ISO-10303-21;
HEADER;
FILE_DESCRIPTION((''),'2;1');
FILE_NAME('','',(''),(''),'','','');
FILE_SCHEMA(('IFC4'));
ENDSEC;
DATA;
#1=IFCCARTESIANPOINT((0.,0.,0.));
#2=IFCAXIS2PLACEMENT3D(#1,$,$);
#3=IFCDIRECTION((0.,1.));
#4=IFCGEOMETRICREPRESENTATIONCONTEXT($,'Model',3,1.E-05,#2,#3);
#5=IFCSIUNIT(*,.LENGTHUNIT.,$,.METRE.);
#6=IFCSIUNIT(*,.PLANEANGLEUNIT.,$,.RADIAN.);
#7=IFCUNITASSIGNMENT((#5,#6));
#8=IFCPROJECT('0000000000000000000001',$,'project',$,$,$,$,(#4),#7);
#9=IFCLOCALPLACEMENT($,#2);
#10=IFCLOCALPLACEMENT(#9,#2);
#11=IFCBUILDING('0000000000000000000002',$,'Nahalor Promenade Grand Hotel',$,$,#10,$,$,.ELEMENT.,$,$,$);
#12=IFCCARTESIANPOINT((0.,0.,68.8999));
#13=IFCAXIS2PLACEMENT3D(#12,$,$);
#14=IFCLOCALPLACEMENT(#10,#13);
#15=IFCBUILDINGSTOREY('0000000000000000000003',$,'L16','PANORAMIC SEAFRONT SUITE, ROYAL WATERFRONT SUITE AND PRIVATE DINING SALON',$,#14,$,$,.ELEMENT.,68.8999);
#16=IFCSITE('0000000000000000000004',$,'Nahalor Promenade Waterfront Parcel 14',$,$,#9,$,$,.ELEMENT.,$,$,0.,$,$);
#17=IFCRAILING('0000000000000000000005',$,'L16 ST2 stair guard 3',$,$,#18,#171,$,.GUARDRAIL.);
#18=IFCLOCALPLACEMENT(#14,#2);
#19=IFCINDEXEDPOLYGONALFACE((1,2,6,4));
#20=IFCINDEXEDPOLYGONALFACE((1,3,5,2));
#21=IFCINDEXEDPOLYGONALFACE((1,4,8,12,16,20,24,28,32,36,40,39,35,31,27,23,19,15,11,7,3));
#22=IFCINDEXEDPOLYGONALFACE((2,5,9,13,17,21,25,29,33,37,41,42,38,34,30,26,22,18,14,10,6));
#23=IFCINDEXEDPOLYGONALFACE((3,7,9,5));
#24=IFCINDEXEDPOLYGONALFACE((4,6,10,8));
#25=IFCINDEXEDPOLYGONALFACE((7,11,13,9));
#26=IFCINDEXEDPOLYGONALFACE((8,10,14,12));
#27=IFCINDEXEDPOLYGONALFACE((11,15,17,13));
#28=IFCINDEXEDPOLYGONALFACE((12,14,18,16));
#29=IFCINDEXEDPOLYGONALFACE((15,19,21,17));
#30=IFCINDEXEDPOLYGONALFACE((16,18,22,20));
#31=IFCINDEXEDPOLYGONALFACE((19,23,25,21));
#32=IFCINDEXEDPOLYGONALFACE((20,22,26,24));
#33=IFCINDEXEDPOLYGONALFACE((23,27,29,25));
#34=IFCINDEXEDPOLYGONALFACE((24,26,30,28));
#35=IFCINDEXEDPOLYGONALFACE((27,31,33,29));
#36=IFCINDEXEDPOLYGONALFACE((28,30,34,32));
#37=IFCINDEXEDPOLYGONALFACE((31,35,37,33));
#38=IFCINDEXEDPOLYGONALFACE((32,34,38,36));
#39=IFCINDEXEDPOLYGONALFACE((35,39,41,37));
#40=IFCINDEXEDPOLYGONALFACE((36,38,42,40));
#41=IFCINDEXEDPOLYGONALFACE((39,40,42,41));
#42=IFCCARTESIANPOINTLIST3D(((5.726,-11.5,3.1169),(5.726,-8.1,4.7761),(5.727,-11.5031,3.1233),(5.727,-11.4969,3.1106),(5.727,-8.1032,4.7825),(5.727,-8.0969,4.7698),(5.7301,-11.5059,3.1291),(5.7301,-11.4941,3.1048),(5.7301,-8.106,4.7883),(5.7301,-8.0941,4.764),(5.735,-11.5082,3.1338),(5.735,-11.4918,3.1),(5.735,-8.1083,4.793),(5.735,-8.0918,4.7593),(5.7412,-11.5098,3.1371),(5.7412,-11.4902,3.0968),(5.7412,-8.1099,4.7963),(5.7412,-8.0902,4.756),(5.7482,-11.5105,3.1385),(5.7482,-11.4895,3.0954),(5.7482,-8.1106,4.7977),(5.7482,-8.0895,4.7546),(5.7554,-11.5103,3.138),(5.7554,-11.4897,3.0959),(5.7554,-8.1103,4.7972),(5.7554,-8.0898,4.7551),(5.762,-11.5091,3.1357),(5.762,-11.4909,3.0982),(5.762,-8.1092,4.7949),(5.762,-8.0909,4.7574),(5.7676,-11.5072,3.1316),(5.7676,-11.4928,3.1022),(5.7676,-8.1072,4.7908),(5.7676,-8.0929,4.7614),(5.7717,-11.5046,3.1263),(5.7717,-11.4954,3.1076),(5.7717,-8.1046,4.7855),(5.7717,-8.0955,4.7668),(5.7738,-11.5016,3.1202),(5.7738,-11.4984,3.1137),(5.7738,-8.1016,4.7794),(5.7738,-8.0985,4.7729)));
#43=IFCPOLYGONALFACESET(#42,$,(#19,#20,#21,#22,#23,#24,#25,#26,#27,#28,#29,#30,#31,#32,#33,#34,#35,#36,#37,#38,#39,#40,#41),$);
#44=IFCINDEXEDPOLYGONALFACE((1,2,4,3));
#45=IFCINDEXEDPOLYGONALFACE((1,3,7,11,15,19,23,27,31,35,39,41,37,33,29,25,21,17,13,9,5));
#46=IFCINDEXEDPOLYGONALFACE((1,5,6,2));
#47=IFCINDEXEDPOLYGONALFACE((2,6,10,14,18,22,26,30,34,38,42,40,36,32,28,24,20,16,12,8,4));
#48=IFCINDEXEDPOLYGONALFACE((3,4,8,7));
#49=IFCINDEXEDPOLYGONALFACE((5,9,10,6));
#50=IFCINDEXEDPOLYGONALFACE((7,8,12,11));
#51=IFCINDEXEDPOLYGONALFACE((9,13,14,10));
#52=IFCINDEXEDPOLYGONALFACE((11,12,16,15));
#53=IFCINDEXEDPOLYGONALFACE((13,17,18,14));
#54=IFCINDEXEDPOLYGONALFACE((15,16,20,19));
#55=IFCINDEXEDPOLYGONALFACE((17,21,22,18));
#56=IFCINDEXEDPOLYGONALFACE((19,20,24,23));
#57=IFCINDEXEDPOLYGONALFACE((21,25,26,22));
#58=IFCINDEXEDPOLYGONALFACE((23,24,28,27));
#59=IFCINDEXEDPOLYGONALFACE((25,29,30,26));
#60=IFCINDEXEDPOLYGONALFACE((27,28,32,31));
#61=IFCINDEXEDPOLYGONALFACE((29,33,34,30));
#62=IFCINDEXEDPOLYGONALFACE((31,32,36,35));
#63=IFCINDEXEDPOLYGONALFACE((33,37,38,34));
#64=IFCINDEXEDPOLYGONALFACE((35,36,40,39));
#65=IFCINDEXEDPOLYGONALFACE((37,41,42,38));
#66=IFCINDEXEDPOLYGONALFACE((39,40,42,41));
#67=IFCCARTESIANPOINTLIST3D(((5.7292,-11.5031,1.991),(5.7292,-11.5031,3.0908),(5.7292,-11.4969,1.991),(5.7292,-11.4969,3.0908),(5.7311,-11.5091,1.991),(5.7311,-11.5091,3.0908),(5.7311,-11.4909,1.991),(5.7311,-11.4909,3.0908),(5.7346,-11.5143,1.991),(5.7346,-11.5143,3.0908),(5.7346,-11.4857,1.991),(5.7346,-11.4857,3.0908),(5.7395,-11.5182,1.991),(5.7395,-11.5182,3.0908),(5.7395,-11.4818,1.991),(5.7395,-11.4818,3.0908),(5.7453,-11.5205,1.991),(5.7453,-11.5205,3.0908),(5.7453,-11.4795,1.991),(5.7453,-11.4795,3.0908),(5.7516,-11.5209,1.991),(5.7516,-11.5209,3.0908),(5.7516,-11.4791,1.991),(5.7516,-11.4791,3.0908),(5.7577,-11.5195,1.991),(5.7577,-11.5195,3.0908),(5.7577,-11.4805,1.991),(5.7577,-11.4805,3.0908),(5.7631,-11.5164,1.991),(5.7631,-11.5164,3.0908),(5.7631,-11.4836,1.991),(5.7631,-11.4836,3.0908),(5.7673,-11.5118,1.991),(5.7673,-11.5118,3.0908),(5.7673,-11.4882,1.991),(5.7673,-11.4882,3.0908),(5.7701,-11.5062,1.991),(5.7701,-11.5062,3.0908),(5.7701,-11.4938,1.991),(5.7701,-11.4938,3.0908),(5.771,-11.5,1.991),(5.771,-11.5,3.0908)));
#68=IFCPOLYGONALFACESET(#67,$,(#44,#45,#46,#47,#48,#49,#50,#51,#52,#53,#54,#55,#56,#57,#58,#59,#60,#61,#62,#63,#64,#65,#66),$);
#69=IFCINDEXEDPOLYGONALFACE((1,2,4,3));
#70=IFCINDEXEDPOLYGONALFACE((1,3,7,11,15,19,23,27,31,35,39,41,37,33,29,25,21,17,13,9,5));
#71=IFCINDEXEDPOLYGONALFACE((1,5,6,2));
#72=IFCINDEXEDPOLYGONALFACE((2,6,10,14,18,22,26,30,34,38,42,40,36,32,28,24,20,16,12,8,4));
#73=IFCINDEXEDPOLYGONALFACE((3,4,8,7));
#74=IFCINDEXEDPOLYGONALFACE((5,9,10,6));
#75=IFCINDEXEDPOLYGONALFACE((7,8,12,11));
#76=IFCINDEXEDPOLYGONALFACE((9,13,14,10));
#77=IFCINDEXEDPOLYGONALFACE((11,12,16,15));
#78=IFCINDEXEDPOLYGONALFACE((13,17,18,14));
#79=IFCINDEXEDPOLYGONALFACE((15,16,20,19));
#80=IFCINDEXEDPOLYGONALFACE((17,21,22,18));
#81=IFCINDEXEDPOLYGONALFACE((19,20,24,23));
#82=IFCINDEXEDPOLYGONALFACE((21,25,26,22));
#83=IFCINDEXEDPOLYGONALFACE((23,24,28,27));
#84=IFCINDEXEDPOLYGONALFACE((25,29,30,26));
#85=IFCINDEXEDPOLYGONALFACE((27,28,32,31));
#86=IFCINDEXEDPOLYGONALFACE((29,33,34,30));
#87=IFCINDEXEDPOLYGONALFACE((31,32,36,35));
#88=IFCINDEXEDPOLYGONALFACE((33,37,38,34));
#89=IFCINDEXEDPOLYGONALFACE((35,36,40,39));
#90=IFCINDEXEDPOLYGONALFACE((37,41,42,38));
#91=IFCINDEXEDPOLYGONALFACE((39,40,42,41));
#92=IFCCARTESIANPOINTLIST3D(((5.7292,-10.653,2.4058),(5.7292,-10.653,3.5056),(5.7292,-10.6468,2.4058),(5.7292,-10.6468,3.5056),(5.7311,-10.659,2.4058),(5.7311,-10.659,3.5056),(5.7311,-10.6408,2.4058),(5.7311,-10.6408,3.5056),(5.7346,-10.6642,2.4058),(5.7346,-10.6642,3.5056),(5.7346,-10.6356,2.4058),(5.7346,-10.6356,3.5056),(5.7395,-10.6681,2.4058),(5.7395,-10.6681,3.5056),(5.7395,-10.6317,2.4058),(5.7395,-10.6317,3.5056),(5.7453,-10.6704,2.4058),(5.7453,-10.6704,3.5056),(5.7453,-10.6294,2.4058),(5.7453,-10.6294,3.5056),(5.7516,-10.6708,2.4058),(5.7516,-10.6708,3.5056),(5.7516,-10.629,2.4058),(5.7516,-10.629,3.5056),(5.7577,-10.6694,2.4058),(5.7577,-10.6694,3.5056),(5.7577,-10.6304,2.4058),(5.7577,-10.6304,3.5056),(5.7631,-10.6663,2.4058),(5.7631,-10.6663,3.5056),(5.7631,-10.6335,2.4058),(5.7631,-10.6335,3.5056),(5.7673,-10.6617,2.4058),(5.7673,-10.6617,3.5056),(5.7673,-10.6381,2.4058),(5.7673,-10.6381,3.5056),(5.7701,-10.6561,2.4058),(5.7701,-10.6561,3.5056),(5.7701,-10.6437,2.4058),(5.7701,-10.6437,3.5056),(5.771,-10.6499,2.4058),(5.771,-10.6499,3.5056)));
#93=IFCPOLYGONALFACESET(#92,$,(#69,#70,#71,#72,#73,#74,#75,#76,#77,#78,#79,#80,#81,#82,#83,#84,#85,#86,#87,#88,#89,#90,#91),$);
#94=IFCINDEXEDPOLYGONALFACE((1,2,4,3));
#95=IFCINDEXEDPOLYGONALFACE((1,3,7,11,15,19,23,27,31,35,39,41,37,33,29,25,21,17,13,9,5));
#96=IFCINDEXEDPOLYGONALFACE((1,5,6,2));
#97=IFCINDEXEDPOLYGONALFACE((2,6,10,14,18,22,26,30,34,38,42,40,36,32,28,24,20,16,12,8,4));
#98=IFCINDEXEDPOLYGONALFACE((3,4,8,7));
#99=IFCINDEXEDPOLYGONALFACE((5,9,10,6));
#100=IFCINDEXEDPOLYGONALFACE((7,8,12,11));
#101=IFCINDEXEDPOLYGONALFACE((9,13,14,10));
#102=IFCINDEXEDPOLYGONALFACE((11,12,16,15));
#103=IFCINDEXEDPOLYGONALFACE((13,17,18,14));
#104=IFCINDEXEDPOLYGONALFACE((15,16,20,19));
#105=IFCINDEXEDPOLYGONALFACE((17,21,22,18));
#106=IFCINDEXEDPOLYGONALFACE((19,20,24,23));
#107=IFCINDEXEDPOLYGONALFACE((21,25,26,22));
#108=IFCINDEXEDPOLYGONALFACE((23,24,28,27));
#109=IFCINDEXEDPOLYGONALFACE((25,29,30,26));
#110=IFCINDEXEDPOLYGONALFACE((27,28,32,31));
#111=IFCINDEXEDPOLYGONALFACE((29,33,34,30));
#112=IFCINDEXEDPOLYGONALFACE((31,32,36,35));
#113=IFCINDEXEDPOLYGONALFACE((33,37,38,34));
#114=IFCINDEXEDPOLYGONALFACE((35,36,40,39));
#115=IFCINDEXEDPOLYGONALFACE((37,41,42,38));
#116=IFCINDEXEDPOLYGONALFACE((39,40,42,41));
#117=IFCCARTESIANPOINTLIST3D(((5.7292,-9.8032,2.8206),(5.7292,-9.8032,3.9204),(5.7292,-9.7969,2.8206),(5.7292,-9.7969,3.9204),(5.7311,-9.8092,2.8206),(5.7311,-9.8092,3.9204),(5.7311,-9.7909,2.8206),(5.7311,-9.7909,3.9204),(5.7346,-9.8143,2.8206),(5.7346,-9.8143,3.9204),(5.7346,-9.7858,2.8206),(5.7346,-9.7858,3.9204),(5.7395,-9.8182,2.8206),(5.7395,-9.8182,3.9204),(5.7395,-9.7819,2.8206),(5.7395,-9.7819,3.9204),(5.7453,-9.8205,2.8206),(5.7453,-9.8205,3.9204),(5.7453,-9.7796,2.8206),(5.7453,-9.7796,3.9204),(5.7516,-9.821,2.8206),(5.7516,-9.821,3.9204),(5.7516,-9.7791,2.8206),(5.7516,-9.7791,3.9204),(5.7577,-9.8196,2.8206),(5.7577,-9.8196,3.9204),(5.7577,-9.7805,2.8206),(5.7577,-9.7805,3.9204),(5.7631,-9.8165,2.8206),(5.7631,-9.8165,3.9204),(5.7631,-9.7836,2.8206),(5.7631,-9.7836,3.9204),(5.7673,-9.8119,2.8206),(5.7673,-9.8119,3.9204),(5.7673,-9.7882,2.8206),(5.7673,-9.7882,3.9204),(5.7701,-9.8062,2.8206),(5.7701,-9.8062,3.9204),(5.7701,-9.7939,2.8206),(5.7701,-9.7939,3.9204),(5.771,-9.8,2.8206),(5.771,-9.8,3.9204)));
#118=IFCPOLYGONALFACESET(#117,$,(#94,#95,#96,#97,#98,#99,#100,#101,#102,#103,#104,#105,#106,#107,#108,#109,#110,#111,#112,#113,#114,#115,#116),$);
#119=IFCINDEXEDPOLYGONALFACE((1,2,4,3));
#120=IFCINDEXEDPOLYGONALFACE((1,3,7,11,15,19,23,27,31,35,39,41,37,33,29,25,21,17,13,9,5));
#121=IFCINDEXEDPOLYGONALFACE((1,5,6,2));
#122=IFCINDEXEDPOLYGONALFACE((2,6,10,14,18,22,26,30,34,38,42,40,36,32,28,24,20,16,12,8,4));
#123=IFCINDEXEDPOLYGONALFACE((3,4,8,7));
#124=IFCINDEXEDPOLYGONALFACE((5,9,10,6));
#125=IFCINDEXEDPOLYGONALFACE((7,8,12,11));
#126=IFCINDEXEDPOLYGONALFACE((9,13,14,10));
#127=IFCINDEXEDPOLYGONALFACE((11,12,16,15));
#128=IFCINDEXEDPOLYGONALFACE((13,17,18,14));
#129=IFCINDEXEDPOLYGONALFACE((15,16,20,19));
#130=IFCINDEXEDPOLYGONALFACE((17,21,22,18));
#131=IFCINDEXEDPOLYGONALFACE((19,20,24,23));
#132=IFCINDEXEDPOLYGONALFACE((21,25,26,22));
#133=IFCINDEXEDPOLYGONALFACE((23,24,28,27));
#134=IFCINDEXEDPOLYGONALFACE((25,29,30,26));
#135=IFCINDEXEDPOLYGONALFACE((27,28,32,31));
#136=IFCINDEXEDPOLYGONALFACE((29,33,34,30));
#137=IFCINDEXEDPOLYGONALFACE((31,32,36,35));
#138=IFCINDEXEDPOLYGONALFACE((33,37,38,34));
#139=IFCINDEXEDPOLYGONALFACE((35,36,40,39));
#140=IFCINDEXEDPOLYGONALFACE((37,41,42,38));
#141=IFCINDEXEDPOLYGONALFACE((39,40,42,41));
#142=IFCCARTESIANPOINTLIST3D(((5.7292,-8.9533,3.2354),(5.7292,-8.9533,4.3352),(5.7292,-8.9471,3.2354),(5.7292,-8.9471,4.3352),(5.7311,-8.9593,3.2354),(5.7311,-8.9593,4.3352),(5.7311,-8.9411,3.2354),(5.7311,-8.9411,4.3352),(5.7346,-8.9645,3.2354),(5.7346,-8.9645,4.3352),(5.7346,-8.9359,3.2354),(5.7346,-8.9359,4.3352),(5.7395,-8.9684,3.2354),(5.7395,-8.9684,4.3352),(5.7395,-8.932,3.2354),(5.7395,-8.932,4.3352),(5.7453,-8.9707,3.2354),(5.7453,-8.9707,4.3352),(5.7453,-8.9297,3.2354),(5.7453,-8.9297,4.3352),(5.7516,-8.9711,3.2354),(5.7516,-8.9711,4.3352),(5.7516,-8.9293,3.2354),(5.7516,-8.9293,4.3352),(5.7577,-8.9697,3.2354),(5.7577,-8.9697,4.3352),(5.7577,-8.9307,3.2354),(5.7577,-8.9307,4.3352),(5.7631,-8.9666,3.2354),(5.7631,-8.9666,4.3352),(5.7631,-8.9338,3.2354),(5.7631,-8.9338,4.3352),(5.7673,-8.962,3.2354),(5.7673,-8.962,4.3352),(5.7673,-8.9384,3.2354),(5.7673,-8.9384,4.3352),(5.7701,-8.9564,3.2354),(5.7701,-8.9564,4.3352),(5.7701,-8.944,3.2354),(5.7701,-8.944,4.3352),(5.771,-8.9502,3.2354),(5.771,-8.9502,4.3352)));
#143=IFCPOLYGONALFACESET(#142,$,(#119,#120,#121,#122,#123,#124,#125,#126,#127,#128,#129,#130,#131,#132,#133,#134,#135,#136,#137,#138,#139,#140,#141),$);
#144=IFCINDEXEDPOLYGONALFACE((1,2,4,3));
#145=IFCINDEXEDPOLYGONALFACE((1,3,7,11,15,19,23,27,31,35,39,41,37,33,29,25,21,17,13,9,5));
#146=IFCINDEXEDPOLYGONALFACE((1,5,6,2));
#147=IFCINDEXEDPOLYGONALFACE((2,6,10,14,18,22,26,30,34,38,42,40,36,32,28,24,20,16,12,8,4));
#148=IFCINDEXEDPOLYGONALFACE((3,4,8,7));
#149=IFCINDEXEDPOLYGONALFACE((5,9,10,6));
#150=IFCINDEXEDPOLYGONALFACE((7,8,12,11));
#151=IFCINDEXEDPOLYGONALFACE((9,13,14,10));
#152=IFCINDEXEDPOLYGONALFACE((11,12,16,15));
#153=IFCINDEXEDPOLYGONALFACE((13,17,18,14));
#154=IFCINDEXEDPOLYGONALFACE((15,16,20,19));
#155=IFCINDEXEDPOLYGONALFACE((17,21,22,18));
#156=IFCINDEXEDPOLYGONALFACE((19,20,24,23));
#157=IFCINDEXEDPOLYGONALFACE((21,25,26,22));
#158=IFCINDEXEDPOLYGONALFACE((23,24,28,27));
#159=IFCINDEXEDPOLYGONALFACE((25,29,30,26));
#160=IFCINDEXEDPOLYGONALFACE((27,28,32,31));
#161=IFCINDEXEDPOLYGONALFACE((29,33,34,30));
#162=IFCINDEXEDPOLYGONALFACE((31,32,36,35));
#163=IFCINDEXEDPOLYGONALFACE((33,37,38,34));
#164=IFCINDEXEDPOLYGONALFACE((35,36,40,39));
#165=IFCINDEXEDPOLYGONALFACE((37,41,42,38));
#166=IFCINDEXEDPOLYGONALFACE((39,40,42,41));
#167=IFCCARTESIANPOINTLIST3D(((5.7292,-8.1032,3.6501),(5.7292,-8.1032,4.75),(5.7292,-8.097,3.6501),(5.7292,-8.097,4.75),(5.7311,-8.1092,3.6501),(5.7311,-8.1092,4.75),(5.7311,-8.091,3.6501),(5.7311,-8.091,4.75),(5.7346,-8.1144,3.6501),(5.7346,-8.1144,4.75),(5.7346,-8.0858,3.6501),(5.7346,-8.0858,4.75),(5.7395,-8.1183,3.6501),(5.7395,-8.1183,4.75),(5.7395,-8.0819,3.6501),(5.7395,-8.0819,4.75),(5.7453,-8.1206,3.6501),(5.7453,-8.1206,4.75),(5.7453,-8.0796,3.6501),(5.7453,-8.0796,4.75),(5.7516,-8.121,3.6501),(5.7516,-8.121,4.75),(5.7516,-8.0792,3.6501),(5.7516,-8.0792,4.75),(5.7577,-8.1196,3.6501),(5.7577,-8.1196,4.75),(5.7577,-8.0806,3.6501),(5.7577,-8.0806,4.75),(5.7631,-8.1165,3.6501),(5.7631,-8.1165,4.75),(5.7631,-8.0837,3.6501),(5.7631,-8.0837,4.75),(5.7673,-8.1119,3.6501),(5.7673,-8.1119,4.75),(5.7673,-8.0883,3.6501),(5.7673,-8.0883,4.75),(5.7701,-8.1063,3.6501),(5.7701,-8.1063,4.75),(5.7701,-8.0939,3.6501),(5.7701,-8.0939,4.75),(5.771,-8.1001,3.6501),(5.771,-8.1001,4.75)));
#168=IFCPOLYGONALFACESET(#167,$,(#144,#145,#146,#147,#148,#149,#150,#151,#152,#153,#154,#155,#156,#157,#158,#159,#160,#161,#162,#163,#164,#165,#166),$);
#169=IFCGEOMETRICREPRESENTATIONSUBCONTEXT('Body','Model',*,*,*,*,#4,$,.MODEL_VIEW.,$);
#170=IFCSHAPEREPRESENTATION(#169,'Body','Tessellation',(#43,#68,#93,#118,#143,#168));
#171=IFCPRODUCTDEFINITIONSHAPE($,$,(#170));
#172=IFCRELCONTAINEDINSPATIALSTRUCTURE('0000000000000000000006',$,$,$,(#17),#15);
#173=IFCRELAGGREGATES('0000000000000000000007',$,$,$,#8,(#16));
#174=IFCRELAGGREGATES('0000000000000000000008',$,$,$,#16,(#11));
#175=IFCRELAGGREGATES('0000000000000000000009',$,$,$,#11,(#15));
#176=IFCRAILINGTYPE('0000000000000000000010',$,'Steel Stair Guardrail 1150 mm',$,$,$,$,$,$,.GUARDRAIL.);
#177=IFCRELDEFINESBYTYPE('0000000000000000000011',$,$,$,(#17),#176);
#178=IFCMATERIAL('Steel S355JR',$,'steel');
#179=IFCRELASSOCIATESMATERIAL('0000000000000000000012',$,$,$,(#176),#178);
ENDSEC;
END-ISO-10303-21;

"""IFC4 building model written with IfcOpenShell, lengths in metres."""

from ifc_helpers import new_model, si_unit, direction, frame, origin, origin_2d, place, context, subcontext, project, spatial, circle, extrude, material, type_object, element, save


model = new_model("IFC4")

# Units and contexts
model_context = context("Model", 3, precision=1e-05, world=origin(), true_north=direction((0.0, 1.0)))
body_context = subcontext(model_context, "Body", "Model", "MODEL_VIEW")
ifc_project = project(units=[si_unit("LENGTHUNIT", "METRE"), si_unit("PLANEANGLEUNIT", "RADIAN")], contexts=[model_context])

# Site, building, storey
site_placement = place(None, origin())
site = spatial("IfcSite", under=ifc_project, at=site_placement, Name="Nahalor Promenade Waterfront Parcel 14", CompositionType="ELEMENT", RefElevation=0.0)
building_placement = place(site_placement, origin())
building = spatial("IfcBuilding", under=site, at=building_placement, Name="Nahalor Promenade Grand Hotel", CompositionType="ELEMENT")
storey_placement = place(building_placement, frame((0.0, 0.0, 68.8999)))
storey = spatial("IfcBuildingStorey", under=building, at=storey_placement, Name="L16", Description="PANORAMIC SEAFRONT SUITE, ROYAL WATERFRONT SUITE AND PRIVATE DINING SALON", CompositionType="ELEMENT", Elevation=68.8999)

# Shared definitions
ifc_material_1 = material(Name="Steel S355JR", Category="steel")

# Railing
railing_type_1 = type_object("IfcRailingType", Name="Steel Stair Guardrail 1150 mm", PredefinedType="GUARDRAIL", material=ifc_material_1)
railing_1_placement = place(storey_placement, frame((5.75, -11.5, 1.991)))
element("IfcRailing", 1, at=railing_1_placement, inside=storey, type_object=railing_type_1, Name="L16 ST2 stair guard 3", PredefinedType="GUARDRAIL", context=body_context, shape_type="SweptSolid", body=[
    extrude(circle(Radius=0.024, at=origin_2d()), frame((0.0, 0.0, 1.126), z_axis=(0.0, 0.898696, 0.438571), x_axis=(-1.0, 0.0, 0.0)), (0.0, 0.0, 1.0), 3.7832),
    extrude(circle(Radius=0.021, at=origin_2d()), origin(), (0.0, 0.0, 1.0), 1.0999),
    extrude(circle(Radius=0.021, at=origin_2d()), frame((0.0, 0.8501, 0.4148)), (0.0, 0.0, 1.0), 1.0999),
    extrude(circle(Radius=0.021, at=origin_2d()), frame((0.0, 1.7, 0.8296)), (0.0, 0.0, 1.0), 1.0999),
    extrude(circle(Radius=0.021, at=origin_2d()), frame((0.0, 2.5498, 1.2444)), (0.0, 0.0, 1.0), 1.0999),
    extrude(circle(Radius=0.021, at=origin_2d()), frame((0.0, 3.3999, 1.6592)), (0.0, 0.0, 1.0), 1.0999),
])

save(model, "model.ifc")
